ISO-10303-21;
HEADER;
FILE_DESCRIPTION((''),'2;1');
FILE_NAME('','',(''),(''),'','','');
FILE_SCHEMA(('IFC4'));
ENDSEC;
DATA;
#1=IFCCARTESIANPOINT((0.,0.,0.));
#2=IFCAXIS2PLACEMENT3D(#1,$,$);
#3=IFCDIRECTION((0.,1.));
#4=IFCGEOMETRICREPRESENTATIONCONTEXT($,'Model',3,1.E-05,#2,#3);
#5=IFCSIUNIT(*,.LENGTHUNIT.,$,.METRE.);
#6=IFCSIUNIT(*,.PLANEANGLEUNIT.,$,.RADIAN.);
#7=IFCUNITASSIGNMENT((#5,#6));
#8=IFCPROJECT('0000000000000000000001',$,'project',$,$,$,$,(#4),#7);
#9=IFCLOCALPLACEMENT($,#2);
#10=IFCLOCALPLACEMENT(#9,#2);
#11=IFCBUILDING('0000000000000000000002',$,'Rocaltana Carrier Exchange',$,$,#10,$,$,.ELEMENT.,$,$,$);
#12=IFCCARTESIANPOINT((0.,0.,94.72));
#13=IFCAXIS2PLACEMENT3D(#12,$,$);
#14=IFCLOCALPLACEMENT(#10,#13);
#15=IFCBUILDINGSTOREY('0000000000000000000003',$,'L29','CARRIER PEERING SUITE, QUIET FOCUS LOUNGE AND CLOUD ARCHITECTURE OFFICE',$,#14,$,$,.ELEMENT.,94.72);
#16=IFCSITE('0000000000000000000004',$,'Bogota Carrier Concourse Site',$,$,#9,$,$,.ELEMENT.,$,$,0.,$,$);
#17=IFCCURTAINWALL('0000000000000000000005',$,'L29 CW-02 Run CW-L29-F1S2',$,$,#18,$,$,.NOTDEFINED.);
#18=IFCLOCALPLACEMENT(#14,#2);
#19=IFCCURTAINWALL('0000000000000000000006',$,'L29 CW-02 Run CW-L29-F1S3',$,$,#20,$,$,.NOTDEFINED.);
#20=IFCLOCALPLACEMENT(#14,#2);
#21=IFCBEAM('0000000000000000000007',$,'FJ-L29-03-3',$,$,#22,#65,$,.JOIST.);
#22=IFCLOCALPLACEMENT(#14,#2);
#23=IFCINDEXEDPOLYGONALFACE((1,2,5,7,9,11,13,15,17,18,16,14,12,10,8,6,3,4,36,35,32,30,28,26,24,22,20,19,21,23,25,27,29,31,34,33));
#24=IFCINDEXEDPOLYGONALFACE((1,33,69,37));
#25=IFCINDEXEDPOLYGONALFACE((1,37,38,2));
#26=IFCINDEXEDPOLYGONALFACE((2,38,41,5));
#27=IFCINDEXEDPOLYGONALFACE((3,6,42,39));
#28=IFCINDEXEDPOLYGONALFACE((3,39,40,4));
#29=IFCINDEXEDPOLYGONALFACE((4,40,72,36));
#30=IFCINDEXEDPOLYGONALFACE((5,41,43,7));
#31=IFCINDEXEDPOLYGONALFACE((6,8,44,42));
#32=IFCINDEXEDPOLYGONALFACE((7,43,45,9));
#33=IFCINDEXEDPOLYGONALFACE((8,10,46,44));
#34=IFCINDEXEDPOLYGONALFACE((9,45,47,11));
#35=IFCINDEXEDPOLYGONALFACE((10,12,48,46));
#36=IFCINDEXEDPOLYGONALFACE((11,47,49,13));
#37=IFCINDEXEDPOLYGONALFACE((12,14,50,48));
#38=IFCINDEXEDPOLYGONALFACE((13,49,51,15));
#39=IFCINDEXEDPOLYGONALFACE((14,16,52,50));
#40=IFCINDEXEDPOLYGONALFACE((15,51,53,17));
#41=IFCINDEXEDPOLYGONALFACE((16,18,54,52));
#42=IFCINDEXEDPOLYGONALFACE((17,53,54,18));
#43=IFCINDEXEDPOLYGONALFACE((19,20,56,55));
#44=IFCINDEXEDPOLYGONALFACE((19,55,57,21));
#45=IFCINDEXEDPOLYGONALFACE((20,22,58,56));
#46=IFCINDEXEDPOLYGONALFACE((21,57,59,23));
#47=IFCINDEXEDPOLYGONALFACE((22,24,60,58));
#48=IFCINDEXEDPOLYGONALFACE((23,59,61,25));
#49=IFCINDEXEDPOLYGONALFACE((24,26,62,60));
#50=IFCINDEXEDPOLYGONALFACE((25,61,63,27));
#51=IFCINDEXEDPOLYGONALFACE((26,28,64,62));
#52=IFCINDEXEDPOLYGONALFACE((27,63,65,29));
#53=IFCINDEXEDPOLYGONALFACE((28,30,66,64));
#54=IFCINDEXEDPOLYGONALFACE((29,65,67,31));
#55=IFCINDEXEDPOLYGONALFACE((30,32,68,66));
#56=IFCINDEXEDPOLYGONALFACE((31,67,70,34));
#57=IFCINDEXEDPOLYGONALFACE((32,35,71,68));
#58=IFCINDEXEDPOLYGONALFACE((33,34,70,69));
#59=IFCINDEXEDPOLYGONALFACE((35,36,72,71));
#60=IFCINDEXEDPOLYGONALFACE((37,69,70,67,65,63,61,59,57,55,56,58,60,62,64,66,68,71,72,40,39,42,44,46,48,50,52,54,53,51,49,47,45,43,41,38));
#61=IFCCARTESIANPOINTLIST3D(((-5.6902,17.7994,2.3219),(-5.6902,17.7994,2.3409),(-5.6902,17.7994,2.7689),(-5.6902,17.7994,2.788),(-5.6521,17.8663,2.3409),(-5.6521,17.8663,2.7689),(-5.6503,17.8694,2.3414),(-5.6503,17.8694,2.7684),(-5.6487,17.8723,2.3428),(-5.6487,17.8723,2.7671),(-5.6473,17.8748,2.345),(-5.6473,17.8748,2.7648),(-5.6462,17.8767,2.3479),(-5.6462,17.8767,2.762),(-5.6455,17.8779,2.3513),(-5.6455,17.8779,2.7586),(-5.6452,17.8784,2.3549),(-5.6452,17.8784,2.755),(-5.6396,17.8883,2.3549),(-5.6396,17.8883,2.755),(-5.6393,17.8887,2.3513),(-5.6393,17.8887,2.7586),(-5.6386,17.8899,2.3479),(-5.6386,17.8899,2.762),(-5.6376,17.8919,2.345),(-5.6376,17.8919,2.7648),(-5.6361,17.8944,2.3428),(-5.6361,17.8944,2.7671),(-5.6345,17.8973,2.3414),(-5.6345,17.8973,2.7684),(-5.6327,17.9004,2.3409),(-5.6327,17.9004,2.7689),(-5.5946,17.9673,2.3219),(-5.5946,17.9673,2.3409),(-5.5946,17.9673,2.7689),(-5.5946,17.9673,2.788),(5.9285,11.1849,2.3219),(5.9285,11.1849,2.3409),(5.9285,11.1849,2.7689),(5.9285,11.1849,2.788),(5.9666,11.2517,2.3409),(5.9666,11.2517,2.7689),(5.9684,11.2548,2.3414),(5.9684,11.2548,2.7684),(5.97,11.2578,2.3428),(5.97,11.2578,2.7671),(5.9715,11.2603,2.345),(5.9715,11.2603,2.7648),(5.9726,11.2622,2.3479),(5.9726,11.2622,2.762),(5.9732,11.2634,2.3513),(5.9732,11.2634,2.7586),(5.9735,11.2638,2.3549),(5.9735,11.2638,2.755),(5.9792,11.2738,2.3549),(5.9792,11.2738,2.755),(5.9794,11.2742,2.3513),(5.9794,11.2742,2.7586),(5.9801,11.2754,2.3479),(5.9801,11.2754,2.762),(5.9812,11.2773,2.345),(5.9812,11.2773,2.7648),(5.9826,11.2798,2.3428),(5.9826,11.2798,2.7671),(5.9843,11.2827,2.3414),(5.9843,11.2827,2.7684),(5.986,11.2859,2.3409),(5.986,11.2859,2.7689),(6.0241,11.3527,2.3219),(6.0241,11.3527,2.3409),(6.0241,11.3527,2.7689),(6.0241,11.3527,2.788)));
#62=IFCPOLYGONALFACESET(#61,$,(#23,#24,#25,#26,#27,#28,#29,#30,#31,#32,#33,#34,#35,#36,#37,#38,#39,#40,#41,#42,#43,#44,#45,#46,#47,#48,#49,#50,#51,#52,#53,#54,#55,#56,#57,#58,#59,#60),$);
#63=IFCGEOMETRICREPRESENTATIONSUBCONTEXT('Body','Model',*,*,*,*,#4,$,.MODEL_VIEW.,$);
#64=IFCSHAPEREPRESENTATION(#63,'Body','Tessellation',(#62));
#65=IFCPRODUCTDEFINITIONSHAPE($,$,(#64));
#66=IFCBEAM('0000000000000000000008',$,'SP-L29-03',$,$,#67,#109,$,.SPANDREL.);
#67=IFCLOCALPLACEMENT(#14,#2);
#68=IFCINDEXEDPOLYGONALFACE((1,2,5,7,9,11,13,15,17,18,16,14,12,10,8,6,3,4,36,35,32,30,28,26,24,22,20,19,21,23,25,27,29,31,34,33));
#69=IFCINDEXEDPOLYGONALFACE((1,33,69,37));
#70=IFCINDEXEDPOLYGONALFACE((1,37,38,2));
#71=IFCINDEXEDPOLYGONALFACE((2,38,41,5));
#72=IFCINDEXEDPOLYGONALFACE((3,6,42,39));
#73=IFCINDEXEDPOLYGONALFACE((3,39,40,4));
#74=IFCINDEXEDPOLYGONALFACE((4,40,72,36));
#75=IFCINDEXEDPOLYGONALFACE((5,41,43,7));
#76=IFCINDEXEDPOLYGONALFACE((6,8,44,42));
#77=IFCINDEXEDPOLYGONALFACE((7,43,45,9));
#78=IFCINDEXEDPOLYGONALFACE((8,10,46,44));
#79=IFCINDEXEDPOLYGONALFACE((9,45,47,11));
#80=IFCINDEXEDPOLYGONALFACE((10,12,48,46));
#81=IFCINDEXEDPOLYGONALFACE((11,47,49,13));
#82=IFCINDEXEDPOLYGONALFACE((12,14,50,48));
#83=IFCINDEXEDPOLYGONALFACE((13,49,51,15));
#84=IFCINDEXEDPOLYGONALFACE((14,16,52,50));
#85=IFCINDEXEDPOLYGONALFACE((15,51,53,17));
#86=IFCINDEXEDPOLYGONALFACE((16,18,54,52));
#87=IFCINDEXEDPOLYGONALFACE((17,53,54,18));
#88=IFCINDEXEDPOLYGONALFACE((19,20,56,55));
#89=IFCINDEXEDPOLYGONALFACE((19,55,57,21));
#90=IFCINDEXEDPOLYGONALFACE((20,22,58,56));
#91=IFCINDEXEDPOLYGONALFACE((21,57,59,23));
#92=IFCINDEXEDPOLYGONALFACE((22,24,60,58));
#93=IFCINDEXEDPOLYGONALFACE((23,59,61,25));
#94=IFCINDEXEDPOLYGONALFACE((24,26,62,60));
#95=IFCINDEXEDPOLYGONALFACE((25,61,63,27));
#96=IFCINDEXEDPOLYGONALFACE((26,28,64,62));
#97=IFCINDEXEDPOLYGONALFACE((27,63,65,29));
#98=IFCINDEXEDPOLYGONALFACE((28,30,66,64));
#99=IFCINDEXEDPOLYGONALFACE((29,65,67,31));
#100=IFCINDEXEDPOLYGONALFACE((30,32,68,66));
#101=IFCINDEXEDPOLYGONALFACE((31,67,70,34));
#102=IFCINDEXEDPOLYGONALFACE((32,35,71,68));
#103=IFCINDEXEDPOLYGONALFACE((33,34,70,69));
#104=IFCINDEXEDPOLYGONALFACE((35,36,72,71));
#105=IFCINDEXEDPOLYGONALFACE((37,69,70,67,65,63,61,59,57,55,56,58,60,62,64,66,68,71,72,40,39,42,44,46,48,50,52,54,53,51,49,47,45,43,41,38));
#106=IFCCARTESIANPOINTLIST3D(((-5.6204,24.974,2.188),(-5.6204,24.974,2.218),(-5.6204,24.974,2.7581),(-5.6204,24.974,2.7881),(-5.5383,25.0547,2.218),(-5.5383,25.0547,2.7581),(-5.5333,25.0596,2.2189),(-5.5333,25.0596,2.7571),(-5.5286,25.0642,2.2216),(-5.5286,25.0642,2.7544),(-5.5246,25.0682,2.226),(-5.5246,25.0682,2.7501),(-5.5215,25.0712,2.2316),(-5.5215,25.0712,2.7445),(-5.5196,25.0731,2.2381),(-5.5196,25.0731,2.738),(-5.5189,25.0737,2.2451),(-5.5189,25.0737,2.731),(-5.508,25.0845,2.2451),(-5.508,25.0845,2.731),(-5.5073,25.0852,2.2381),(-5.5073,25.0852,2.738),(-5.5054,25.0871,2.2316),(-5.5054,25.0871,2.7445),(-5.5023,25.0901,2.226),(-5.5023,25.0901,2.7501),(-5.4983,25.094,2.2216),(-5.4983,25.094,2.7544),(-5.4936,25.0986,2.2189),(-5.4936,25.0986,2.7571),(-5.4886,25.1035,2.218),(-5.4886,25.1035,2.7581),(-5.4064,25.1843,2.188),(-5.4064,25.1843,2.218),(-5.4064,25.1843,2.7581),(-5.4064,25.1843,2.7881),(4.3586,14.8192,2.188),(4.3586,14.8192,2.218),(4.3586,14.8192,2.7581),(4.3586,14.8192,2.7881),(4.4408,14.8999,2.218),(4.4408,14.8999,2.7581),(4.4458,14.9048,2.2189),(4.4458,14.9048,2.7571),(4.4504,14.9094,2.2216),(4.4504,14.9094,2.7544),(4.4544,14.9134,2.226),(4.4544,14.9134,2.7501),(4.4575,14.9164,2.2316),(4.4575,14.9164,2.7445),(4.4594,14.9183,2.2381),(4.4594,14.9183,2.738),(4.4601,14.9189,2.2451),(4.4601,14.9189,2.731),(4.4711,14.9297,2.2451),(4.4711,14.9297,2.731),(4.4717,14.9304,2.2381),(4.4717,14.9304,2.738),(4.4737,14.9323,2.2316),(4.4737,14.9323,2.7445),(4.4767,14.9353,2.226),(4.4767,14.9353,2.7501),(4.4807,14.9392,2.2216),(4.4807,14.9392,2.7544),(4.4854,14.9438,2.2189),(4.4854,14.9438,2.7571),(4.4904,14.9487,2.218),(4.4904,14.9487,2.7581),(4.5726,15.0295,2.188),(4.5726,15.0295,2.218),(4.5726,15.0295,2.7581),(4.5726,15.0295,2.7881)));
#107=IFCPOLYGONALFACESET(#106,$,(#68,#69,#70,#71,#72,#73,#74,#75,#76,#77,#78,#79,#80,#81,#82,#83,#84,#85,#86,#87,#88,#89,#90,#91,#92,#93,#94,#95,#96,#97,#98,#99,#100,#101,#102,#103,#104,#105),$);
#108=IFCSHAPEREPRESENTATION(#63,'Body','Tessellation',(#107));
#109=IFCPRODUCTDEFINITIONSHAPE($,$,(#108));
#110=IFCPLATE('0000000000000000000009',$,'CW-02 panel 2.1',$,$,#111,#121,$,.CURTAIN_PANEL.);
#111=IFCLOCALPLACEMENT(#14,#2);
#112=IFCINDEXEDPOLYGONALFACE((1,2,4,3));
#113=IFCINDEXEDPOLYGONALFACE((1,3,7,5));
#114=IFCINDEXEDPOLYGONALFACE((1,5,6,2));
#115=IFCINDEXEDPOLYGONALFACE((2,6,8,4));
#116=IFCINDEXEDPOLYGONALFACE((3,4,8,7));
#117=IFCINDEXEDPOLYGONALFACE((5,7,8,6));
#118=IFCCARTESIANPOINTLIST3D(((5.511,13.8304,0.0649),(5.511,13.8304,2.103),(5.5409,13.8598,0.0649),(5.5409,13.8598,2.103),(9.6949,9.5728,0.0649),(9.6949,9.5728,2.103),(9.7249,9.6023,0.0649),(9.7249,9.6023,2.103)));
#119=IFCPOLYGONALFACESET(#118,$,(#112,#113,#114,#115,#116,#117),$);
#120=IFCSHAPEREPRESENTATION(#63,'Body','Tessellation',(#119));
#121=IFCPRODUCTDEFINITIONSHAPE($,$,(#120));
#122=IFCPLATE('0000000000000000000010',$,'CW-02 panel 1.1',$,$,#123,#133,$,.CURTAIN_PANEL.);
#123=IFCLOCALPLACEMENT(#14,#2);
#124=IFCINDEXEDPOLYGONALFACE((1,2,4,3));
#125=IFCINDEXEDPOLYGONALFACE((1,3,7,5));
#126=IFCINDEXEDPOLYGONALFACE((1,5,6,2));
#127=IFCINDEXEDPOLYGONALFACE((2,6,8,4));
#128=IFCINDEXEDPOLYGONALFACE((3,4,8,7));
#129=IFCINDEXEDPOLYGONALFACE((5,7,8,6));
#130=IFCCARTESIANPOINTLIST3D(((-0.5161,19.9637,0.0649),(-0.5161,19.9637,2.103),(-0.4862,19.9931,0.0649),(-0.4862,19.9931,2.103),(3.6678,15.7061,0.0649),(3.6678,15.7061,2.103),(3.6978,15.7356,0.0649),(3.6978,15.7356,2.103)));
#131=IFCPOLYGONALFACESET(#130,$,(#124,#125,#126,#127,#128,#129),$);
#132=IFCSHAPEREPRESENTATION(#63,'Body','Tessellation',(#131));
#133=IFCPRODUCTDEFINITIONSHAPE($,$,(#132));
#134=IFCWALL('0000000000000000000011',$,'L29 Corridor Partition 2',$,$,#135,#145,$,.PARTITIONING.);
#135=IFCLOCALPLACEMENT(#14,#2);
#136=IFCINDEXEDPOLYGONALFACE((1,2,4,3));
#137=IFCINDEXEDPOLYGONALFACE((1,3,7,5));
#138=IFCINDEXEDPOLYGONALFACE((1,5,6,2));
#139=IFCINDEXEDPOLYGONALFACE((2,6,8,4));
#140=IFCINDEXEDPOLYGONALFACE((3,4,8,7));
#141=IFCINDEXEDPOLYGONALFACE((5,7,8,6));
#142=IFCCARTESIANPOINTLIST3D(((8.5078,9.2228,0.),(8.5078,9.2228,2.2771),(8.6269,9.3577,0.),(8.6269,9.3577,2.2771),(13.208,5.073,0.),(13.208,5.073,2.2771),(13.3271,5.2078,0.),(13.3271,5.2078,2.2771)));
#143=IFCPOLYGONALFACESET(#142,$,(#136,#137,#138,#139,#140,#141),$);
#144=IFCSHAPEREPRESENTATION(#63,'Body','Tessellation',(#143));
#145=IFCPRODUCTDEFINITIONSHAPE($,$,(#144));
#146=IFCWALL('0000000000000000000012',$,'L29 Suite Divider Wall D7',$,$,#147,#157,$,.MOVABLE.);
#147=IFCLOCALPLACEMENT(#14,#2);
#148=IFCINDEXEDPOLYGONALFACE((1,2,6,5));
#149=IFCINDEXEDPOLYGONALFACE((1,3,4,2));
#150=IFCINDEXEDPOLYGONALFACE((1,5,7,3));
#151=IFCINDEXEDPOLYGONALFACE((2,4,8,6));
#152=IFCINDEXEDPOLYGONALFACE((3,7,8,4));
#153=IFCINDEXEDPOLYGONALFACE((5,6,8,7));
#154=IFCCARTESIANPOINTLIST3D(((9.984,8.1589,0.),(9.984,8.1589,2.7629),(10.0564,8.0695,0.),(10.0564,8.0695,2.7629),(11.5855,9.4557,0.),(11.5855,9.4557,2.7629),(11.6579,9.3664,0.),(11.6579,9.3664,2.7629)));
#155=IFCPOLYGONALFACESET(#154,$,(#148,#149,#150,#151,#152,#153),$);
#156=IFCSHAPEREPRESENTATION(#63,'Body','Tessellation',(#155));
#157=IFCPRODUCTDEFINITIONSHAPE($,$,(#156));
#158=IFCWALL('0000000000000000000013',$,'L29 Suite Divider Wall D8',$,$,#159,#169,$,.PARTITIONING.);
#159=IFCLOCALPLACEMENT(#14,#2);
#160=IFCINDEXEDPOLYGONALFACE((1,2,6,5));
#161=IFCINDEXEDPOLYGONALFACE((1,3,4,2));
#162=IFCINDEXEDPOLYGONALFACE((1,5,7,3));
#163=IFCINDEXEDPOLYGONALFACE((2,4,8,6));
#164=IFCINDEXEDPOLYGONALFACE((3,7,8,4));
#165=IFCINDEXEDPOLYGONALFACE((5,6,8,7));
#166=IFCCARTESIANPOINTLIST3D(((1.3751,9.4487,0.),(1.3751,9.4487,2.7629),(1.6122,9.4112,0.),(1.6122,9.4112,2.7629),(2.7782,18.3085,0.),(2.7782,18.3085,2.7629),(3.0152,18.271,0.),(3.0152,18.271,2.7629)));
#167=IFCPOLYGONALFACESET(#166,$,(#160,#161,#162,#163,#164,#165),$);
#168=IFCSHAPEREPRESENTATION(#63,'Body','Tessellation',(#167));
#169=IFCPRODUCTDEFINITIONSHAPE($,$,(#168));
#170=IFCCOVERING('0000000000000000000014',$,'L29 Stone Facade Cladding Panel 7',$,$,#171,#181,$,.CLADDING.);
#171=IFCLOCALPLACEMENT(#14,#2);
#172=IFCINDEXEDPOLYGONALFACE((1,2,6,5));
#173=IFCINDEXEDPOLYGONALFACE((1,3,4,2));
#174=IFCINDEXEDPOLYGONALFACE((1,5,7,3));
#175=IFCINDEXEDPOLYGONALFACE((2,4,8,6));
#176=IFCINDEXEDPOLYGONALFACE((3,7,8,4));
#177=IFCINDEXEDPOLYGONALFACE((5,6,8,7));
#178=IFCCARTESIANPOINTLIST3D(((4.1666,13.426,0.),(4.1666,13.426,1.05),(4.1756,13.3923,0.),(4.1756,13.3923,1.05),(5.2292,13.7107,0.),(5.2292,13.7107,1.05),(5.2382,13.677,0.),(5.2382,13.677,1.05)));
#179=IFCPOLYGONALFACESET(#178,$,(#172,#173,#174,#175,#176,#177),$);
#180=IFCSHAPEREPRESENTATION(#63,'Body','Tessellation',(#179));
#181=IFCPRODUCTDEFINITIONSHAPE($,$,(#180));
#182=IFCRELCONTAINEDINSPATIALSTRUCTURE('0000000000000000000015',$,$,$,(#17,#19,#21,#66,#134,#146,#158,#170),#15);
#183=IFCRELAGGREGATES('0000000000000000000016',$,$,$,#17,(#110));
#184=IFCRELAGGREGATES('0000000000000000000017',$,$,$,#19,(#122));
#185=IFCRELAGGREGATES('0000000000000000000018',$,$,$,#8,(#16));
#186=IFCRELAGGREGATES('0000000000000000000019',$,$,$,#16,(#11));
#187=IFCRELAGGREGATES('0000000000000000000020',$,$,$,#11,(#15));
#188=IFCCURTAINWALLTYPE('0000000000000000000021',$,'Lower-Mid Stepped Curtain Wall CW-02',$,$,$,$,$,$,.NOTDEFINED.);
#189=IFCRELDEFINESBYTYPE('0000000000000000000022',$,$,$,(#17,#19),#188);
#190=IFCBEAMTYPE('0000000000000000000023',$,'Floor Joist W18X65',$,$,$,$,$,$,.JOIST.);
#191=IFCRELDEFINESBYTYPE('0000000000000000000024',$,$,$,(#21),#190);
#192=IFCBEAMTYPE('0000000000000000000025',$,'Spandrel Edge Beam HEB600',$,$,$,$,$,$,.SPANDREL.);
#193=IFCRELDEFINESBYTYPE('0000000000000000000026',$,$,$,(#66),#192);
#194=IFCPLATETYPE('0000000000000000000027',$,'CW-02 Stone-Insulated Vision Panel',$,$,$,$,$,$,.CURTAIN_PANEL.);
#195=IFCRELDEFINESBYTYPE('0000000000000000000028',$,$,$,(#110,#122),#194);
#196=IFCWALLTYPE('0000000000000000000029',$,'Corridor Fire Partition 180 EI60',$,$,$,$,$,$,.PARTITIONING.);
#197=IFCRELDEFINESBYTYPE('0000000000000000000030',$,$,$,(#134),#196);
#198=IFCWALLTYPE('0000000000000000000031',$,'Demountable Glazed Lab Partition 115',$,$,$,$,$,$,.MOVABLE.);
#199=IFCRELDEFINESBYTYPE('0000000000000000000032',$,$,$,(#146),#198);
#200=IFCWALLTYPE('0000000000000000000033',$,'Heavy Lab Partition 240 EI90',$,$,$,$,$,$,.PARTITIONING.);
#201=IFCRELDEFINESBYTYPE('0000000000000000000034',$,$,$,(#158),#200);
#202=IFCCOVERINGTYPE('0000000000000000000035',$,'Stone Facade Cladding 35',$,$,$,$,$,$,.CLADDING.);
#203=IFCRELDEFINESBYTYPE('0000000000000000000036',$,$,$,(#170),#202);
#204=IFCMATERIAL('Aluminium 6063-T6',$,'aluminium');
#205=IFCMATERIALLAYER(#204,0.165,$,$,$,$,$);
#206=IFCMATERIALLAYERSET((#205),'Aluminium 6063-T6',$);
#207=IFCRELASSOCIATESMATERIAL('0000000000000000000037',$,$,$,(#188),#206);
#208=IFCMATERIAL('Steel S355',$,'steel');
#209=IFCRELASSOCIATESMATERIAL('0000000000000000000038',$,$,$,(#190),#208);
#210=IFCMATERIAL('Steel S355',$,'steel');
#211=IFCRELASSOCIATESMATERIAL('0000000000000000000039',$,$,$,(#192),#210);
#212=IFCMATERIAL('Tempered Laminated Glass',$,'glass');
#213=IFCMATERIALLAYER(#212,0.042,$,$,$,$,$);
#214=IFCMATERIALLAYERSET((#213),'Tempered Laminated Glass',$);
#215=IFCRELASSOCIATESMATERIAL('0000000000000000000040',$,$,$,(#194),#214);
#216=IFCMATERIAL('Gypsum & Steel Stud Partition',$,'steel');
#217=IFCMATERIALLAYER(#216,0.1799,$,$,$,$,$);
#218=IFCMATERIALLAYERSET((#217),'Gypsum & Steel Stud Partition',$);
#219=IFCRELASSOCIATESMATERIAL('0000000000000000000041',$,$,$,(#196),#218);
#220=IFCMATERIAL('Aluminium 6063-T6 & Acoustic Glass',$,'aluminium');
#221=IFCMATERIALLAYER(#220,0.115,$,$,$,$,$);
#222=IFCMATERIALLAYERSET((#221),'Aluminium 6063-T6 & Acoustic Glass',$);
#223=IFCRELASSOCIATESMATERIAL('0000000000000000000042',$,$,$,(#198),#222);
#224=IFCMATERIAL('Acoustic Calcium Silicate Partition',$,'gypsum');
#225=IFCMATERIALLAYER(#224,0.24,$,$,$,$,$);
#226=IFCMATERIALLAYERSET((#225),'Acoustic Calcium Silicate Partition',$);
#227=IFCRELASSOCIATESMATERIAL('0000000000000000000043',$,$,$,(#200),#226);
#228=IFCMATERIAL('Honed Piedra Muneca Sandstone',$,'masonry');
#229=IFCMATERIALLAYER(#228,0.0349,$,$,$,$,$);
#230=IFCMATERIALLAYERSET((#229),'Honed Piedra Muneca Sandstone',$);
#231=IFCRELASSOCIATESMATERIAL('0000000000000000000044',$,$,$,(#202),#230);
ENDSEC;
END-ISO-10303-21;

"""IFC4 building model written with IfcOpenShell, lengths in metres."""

from ifc_helpers import new_model, si_unit, direction, frame, frame_2d, origin, origin_2d, place, context, subcontext, project, spatial, rectangle, i_section, extrude, material, layer, layer_set, material_profile, profile_set, type_object, element, aggregate, save


model = new_model("IFC4")

# Units and contexts
model_context = context("Model", 3, precision=1e-05, world=origin(), true_north=direction((0.0, 1.0)))
body_context = subcontext(model_context, "Body", "Model", "MODEL_VIEW")
ifc_project = project(units=[si_unit("LENGTHUNIT", "METRE"), si_unit("PLANEANGLEUNIT", "RADIAN")], contexts=[model_context])

# Site, building, storey
site_placement = place(None, origin())
site = spatial("IfcSite", under=ifc_project, at=site_placement, Name="Bogota Carrier Concourse Site", CompositionType="ELEMENT", RefElevation=0.0)
building_placement = place(site_placement, origin())
building = spatial("IfcBuilding", under=site, at=building_placement, Name="Rocaltana Carrier Exchange", CompositionType="ELEMENT")
storey_placement = place(building_placement, frame((0.0, 0.0, 94.72)))
storey = spatial("IfcBuildingStorey", under=building, at=storey_placement, Name="L29", Description="CARRIER PEERING SUITE, QUIET FOCUS LOUNGE AND CLOUD ARCHITECTURE OFFICE", CompositionType="ELEMENT", Elevation=94.72)

# Curtain wall
ifc_material_1 = material(Name="Aluminium 6063-T6", Category="aluminium")
ifc_layer_1 = layer(ifc_material_1, 0.165)
ifc_layer_set_1 = layer_set([ifc_layer_1], Name="Aluminium 6063-T6")
curtain_wall_type = type_object("IfcCurtainWallType", Name="Lower-Mid Stepped Curtain Wall CW-02", PredefinedType="NOTDEFINED", material=ifc_layer_set_1)
curtain_wall_1_placement = place(storey_placement, origin())
curtain_wall_1 = element("IfcCurtainWall", 1, at=curtain_wall_1_placement, inside=storey, type_object=curtain_wall_type, Name="L29 CW-02 Run CW-L29-F1S2", PredefinedType="NOTDEFINED")

# Curtain wall
curtain_wall_2_placement = place(storey_placement, origin())
curtain_wall_2 = element("IfcCurtainWall", 2, at=curtain_wall_2_placement, inside=storey, type_object=curtain_wall_type, Name="L29 CW-02 Run CW-L29-F1S3", PredefinedType="NOTDEFINED")

# Beams
ifc_material_2 = material(Name="Steel S355", Category="steel")
ifc_material_profile_1 = material_profile(ifc_material_2, i_section(OverallWidth=0.1931, OverallDepth=0.4661, WebThickness=0.0115, FlangeThickness=0.019, FilletRadius=0.0139, at=origin_2d()), Name="W18X65")
ifc_profile_set_1 = profile_set([ifc_material_profile_1], Name="Steel S355")
beam_type_1 = type_object("IfcBeamType", Name="Floor Joist W18X65", PredefinedType="JOIST", material=ifc_profile_set_1)
beam_1_placement = place(storey_placement, frame((5.9763, 11.2688, 2.5549), z_axis=(-0.869039, 0.494744, 0.0), x_axis=(-0.494744, -0.869039, 0.0)))
element("IfcBeam", 3, at=beam_1_placement, inside=storey, type_object=beam_type_1, Name="FJ-L29-03-3", PredefinedType="JOIST", context=body_context, shape_type="SweptSolid", body=[
    extrude(i_section(OverallWidth=0.1931, OverallDepth=0.4661, WebThickness=0.0115, FlangeThickness=0.019, FilletRadius=0.0139, at=origin_2d()), origin(), (0.0, 0.0, 1.0), 13.3696),
])
ifc_material_3 = material(Name="Steel S355", Category="steel")
ifc_material_profile_2 = material_profile(ifc_material_3, i_section(OverallWidth=0.3, OverallDepth=0.6001, WebThickness=0.0154, FlangeThickness=0.03, FilletRadius=0.0271, at=origin_2d()), Name="HEB600")
ifc_profile_set_2 = profile_set([ifc_material_profile_2], Name="Steel S355")
beam_type_2 = type_object("IfcBeamType", Name="Spandrel Edge Beam HEB600", PredefinedType="SPANDREL", material=ifc_profile_set_2)
beam_2_placement = place(storey_placement, frame((4.4656, 14.9243, 2.488), z_axis=(-0.700907, 0.713253, 0.0), x_axis=(-0.713253, -0.700907, 0.0)))
element("IfcBeam", 4, at=beam_2_placement, inside=storey, type_object=beam_type_2, Name="SP-L29-03", PredefinedType="SPANDREL", context=body_context, shape_type="SweptSolid", body=[
    extrude(i_section(OverallWidth=0.3, OverallDepth=0.6001, WebThickness=0.0154, FlangeThickness=0.03, FilletRadius=0.0271, at=origin_2d()), origin(), (0.0, 0.0, 1.0), 14.2373),
])

# Plates
ifc_material_4 = material(Name="Tempered Laminated Glass", Category="glass")
ifc_layer_2 = layer(ifc_material_4, 0.042)
ifc_layer_set_2 = layer_set([ifc_layer_2], Name="Tempered Laminated Glass")
plate_type = type_object("IfcPlateType", Name="CW-02 Stone-Insulated Vision Panel", PredefinedType="CURTAIN_PANEL", material=ifc_layer_set_2)
plate_1_placement = place(storey_placement, frame((7.6179, 11.7163, 0.0649), z_axis=(0.0, 0.0, 1.0), x_axis=(-0.700915, 0.713245, 0.0)))
plate_1 = element("IfcPlate", 5, at=plate_1_placement, type_object=plate_type, Name="CW-02 panel 2.1", PredefinedType="CURTAIN_PANEL", context=body_context, shape_type="SweptSolid", body=[
    extrude(rectangle(XDim=5.9692, YDim=0.042, at=origin_2d()), origin(), (0.0, 0.0, 1.0), 2.0381),
])
aggregate(curtain_wall_1, [plate_1])
plate_2_placement = place(storey_placement, frame((1.5908, 17.8496, 0.0649), z_axis=(0.0, 0.0, 1.0), x_axis=(-0.700915, 0.713245, 0.0)))
plate_2 = element("IfcPlate", 6, at=plate_2_placement, type_object=plate_type, Name="CW-02 panel 1.1", PredefinedType="CURTAIN_PANEL", context=body_context, shape_type="SweptSolid", body=[
    extrude(rectangle(XDim=5.9692, YDim=0.042, at=origin_2d()), origin(), (0.0, 0.0, 1.0), 2.0381),
])
aggregate(curtain_wall_2, [plate_2])

# Walls
ifc_material_5 = material(Name="Gypsum & Steel Stud Partition", Category="steel")
ifc_layer_3 = layer(ifc_material_5, 0.1799)
ifc_layer_set_3 = layer_set([ifc_layer_3], Name="Gypsum & Steel Stud Partition")
wall_type_1 = type_object("IfcWallType", Name="Corridor Fire Partition 180 EI60", PredefinedType="PARTITIONING", material=ifc_layer_set_3)
wall_1_placement = place(storey_placement, frame((8.5674, 9.2903, 0.0), z_axis=(0.0, 0.0, 1.0), x_axis=(0.749626, -0.661861, 0.0)))
element("IfcWall", 7, at=wall_1_placement, inside=storey, type_object=wall_type_1, Name="L29 Corridor Partition 2", PredefinedType="PARTITIONING", context=body_context, shape_type="SweptSolid", body=[
    extrude(rectangle(XDim=6.27, YDim=0.1799, at=frame_2d((3.135, 0.0))), origin(), (0.0, 0.0, 1.0), 2.2771),
])
ifc_material_6 = material(Name="Aluminium 6063-T6 & Acoustic Glass", Category="aluminium")
ifc_layer_4 = layer(ifc_material_6, 0.115)
ifc_layer_set_4 = layer_set([ifc_layer_4], Name="Aluminium 6063-T6 & Acoustic Glass")
wall_type_2 = type_object("IfcWallType", Name="Demountable Glazed Lab Partition 115", PredefinedType="MOVABLE", material=ifc_layer_set_4)
wall_2_placement = place(storey_placement, frame((10.0203, 8.1143, 0.0), z_axis=(0.0, 0.0, 1.0), x_axis=(0.777157, 0.629307, 0.0)))
element("IfcWall", 8, at=wall_2_placement, inside=storey, type_object=wall_type_2, Name="L29 Suite Divider Wall D7", PredefinedType="MOVABLE", context=body_context, shape_type="SweptSolid", body=[
    extrude(rectangle(XDim=2.0608, YDim=0.115, at=frame_2d((1.0303, 0.0))), origin(), (0.0, 0.0, 1.0), 2.7629),
])
ifc_material_7 = material(Name="Acoustic Calcium Silicate Partition", Category="gypsum")
ifc_layer_5 = layer(ifc_material_7, 0.24)
ifc_layer_set_5 = layer_set([ifc_layer_5], Name="Acoustic Calcium Silicate Partition")
wall_type_3 = type_object("IfcWallType", Name="Heavy Lab Partition 240 EI90", PredefinedType="PARTITIONING", material=ifc_layer_set_5)
wall_3_placement = place(storey_placement, frame((1.4937, 9.4299, 0.0), z_axis=(0.0, 0.0, 1.0), x_axis=(0.156414, 0.987692, 0.0)))
element("IfcWall", 9, at=wall_3_placement, inside=storey, type_object=wall_type_3, Name="L29 Suite Divider Wall D8", PredefinedType="PARTITIONING", context=body_context, shape_type="SweptSolid", body=[
    extrude(rectangle(XDim=8.9702, YDim=0.24, at=frame_2d((4.4851, 0.0))), origin(), (0.0, 0.0, 1.0), 2.7629),
])

# Covering
ifc_material_8 = material(Name="Honed Piedra Muneca Sandstone", Category="masonry")
ifc_layer_6 = layer(ifc_material_8, 0.0349)
ifc_layer_set_6 = layer_set([ifc_layer_6], Name="Honed Piedra Muneca Sandstone")
covering_type = type_object("IfcCoveringType", Name="Stone Facade Cladding 35", PredefinedType="CLADDING", material=ifc_layer_set_6)
covering_placement = place(storey_placement, frame((4.7024, 13.5515, 0.0), z_axis=(0.0, 0.0, 1.0), x_axis=(0.965926, 0.258819, 0.0)))
element("IfcCovering", 10, at=covering_placement, inside=storey, type_object=covering_type, Name="L29 Stone Facade Cladding Panel 7", PredefinedType="CLADDING", context=body_context, shape_type="SweptSolid", body=[
    extrude(rectangle(XDim=1.1001, YDim=0.0349, at=origin_2d()), origin(), (0.0, 0.0, 1.0), 1.05),
])

save(model, "model.ifc")
